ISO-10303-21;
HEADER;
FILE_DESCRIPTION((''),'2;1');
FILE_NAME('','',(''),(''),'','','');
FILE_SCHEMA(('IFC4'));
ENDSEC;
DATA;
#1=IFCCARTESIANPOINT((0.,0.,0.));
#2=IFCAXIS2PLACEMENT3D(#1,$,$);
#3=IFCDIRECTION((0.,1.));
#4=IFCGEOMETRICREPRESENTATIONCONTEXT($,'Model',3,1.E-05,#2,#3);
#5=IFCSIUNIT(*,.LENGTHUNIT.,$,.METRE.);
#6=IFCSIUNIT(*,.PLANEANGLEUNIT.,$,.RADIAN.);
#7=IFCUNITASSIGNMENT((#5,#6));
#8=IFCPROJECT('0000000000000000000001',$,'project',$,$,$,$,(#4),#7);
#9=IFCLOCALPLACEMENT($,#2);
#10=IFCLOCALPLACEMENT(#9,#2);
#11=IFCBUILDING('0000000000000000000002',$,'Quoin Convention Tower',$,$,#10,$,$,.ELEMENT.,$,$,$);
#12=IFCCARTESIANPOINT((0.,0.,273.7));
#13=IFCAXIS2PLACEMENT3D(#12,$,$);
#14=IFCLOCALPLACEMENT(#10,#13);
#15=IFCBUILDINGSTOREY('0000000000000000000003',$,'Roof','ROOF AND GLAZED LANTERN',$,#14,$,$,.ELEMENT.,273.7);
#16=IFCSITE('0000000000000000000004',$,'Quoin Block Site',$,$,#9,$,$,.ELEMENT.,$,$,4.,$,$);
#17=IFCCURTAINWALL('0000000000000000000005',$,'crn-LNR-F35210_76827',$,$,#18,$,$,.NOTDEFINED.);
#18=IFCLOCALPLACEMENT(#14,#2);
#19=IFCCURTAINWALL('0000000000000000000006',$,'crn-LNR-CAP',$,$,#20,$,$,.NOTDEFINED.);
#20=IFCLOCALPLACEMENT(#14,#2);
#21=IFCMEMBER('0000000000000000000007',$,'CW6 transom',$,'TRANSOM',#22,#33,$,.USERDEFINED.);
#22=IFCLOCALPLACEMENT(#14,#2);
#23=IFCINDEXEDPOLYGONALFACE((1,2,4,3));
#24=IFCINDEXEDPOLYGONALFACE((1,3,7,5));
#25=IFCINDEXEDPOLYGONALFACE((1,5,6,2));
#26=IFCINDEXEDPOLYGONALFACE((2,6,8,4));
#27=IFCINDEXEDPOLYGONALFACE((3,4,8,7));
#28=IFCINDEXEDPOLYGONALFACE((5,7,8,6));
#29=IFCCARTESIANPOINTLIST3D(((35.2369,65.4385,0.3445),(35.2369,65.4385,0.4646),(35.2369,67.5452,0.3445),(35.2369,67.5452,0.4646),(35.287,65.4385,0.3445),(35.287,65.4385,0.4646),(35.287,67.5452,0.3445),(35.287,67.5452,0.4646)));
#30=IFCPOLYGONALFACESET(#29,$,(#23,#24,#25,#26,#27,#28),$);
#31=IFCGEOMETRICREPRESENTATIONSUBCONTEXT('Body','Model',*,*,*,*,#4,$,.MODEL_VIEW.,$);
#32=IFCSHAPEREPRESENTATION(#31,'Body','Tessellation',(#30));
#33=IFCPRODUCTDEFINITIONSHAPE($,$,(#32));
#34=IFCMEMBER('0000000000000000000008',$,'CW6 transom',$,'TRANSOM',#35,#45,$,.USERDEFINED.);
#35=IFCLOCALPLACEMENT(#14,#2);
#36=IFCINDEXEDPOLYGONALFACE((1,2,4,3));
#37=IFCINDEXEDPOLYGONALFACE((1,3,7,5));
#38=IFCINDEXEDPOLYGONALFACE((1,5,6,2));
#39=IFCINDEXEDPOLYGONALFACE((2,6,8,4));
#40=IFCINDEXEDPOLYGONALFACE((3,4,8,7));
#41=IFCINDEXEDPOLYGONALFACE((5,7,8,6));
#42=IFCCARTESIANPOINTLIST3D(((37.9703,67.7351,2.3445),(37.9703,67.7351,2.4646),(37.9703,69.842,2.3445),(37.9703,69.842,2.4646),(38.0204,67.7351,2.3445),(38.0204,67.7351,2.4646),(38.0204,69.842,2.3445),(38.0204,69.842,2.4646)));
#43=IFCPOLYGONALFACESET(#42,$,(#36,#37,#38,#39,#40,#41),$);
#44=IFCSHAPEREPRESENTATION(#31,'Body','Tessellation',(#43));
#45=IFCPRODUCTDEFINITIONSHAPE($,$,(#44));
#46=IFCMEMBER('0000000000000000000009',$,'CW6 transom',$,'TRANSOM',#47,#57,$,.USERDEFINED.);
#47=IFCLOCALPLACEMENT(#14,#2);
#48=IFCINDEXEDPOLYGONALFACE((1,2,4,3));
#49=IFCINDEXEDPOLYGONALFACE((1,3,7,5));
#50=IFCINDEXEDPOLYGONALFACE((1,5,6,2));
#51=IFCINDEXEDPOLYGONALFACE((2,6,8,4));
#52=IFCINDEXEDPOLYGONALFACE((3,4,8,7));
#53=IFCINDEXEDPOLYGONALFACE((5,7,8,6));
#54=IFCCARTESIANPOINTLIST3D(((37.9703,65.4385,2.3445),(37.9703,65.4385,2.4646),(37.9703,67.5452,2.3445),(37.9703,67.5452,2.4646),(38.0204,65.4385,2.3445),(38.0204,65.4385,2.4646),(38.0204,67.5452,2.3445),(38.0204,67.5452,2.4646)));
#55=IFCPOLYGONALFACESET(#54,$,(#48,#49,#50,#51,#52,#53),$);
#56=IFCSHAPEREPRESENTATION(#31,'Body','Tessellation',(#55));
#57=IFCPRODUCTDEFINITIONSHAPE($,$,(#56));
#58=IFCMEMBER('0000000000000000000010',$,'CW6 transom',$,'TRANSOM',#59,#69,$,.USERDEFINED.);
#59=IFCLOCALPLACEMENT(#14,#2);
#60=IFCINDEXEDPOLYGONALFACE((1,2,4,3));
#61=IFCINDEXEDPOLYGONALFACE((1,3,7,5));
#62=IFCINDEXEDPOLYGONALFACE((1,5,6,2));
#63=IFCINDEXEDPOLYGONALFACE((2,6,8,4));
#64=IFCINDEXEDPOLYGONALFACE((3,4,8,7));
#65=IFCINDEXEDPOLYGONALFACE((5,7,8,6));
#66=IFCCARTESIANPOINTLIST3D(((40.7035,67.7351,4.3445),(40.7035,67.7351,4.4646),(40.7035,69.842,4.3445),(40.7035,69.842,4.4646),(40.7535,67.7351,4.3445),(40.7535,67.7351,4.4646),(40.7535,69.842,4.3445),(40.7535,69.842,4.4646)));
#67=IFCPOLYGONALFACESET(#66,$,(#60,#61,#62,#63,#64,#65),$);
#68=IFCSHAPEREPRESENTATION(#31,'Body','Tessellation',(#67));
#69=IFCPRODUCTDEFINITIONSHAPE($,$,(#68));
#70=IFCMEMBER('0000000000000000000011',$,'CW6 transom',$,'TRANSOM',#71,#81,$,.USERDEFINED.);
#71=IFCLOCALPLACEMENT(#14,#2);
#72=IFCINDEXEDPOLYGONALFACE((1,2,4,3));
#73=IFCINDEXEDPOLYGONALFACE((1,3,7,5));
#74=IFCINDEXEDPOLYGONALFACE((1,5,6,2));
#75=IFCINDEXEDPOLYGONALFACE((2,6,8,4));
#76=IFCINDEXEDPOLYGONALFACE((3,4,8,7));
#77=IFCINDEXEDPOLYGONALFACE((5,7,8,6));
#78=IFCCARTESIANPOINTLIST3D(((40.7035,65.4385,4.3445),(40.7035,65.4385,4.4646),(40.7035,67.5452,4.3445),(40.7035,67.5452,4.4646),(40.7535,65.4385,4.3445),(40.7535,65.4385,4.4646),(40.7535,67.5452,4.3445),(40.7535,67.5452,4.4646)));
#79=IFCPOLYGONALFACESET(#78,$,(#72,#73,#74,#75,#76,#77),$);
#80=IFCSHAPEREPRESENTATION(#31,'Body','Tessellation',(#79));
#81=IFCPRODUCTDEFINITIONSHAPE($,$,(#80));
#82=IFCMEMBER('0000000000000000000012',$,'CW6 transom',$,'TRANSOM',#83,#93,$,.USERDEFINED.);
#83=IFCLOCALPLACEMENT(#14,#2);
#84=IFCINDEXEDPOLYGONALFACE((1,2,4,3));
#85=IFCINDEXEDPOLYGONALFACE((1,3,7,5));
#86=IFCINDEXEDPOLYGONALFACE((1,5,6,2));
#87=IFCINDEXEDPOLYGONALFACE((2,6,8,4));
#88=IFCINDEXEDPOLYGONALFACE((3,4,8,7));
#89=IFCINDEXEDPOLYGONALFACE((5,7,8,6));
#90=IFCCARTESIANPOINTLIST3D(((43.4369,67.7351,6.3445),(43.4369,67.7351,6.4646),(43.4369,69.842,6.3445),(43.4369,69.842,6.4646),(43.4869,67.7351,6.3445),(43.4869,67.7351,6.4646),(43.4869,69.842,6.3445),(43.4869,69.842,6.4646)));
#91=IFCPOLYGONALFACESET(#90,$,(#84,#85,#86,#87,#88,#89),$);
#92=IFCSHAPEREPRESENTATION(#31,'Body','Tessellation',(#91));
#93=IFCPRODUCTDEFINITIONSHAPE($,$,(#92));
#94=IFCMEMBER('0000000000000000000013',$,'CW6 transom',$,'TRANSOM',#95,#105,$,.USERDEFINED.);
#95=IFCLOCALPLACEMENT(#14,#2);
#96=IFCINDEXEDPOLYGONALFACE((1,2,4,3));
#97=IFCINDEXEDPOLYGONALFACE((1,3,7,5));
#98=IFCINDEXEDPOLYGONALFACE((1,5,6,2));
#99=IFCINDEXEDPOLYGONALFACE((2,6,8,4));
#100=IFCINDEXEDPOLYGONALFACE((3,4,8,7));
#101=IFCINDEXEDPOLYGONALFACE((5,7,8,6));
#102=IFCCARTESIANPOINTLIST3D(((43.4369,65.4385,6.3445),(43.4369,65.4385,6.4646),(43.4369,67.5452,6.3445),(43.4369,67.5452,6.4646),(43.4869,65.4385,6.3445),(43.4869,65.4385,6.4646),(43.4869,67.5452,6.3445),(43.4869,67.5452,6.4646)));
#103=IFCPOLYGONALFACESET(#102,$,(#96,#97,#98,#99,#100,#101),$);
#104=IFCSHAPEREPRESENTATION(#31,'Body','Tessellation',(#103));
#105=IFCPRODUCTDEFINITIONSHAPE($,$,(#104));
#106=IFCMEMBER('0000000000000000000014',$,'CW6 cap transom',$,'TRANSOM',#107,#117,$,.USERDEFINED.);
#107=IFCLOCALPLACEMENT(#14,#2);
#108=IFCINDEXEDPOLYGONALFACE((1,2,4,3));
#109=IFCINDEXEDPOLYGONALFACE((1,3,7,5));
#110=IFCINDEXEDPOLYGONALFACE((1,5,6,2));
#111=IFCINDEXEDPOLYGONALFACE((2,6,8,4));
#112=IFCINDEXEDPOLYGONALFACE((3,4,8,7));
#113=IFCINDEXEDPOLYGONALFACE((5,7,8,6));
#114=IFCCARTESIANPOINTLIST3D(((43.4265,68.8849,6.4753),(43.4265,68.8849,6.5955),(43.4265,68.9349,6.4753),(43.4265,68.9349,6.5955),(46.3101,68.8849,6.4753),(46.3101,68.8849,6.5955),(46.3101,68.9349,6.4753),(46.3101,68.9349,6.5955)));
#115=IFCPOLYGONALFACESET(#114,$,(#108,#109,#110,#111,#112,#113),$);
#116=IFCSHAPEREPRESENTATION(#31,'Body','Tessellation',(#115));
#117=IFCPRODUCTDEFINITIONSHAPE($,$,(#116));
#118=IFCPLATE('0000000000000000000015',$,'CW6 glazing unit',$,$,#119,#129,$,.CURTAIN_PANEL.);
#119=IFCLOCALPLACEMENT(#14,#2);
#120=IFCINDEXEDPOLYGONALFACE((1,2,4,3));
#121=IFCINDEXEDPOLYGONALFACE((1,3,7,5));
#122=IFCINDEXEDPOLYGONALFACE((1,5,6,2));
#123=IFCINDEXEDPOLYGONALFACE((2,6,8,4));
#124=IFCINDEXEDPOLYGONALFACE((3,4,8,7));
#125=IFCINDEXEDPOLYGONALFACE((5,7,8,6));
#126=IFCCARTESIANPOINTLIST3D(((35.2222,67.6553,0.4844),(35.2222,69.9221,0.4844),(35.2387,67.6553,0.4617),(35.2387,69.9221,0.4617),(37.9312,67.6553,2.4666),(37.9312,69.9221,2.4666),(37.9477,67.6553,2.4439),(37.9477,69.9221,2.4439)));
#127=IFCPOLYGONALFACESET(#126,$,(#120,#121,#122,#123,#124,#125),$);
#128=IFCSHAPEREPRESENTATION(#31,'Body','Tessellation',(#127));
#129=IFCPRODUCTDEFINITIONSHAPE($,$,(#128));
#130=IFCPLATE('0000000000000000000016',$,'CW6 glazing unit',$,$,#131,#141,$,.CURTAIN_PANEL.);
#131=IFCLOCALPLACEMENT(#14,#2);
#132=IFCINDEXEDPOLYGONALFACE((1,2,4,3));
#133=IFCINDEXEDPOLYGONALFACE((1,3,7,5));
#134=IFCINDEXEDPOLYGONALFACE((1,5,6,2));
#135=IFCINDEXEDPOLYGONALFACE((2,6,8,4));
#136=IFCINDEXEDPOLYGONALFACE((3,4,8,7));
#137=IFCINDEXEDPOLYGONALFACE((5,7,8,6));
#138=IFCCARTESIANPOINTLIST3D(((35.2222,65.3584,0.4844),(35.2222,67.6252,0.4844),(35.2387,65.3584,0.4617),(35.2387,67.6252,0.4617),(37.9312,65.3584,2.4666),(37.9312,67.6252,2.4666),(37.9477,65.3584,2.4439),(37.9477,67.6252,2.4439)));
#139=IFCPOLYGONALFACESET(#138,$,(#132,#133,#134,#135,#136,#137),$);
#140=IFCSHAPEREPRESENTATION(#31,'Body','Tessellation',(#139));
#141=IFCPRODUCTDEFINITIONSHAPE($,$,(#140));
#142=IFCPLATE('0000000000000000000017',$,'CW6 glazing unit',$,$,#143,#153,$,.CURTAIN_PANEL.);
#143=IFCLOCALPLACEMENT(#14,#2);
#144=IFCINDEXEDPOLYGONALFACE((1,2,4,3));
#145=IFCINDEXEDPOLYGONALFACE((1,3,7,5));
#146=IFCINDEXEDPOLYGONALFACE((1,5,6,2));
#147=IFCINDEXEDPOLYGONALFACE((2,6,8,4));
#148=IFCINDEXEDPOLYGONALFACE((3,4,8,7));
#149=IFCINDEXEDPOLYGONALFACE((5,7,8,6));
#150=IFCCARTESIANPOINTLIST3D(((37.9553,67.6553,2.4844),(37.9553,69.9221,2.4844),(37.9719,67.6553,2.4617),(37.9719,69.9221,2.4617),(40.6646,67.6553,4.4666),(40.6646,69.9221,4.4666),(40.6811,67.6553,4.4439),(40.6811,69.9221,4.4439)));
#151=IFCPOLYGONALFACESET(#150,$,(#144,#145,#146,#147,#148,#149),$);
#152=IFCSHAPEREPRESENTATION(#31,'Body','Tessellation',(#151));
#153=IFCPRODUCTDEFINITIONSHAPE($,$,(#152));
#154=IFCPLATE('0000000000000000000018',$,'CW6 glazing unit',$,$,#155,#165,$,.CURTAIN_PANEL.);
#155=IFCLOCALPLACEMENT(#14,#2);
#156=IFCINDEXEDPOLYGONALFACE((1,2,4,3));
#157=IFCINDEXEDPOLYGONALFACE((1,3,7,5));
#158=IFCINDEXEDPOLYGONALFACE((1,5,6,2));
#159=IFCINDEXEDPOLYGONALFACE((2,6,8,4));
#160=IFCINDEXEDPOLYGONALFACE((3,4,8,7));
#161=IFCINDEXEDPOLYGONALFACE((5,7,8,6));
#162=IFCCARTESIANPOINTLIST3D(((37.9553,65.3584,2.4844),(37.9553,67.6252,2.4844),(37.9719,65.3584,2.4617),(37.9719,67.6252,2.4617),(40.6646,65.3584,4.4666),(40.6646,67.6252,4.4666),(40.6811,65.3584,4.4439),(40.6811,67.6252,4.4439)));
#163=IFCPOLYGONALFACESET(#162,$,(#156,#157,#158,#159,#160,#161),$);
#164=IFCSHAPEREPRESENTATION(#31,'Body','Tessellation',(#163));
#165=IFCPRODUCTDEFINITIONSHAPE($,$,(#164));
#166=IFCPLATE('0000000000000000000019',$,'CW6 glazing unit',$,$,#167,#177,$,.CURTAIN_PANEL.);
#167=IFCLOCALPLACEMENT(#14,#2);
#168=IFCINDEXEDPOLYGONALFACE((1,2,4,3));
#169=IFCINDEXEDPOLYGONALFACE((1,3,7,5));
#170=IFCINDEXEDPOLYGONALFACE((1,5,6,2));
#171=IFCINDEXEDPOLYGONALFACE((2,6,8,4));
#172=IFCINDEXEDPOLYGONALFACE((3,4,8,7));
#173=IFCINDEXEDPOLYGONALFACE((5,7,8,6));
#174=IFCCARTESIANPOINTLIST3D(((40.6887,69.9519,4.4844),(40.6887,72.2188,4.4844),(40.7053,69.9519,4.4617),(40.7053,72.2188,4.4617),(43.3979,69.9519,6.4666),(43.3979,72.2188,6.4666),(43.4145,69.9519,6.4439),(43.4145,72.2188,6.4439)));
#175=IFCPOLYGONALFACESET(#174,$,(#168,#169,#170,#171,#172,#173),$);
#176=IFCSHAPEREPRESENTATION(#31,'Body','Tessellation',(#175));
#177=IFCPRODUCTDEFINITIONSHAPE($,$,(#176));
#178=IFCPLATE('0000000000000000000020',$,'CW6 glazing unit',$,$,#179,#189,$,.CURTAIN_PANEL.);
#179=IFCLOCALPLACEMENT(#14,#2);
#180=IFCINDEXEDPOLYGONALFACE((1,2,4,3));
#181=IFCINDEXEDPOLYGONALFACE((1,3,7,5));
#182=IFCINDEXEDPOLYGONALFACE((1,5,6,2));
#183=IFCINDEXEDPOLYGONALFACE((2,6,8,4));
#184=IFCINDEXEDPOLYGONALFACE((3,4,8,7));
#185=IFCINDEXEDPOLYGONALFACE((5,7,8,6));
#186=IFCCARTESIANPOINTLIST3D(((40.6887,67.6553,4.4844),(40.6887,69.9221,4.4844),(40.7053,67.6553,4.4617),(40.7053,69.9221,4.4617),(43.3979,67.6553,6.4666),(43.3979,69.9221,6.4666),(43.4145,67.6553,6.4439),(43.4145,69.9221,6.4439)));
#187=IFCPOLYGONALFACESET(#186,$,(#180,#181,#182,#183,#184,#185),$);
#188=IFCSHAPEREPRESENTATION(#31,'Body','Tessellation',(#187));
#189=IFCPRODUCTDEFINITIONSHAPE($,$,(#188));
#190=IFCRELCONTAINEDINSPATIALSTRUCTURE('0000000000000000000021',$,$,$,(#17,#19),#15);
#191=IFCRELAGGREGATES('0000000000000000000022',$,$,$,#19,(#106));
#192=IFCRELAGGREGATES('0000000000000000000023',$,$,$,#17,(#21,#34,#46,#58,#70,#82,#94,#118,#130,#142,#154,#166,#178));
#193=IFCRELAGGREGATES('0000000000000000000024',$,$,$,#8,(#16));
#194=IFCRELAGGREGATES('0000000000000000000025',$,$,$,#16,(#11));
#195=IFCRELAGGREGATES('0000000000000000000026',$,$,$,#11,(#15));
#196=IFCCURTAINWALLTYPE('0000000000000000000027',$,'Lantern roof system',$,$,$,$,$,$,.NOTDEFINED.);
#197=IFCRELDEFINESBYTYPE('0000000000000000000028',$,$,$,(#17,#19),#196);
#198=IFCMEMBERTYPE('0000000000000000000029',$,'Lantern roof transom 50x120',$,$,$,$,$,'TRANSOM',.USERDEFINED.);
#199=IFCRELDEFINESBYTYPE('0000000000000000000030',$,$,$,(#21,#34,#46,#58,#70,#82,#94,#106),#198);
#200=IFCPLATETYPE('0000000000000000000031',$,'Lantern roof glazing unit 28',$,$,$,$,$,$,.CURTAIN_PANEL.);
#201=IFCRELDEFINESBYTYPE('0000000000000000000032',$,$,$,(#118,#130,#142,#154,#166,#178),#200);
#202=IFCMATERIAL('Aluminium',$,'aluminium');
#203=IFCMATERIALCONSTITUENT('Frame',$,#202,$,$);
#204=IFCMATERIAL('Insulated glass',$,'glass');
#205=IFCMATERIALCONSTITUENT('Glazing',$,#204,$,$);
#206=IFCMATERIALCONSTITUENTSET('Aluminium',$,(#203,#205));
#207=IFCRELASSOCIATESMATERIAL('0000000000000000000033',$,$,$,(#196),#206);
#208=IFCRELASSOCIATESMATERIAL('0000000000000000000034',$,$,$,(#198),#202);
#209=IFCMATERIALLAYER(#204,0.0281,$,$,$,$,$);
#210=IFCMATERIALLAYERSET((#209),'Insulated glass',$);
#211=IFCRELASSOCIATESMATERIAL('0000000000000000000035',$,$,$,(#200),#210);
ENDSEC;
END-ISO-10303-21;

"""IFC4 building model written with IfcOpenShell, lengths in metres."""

from ifc_helpers import new_model, si_unit, direction, frame, origin, origin_2d, place, context, subcontext, project, spatial, polyline, rectangle, outline, extrude, material, layer, layer_set, constituent, constituent_set, material_profile, profile_set, type_object, element, aggregate, save


model = new_model("IFC4")

# Units and contexts
model_context = context("Model", 3, precision=1e-05, world=origin(), true_north=direction((0.0, 1.0)))
body_context = subcontext(model_context, "Body", "Model", "MODEL_VIEW")
ifc_project = project(units=[si_unit("LENGTHUNIT", "METRE"), si_unit("PLANEANGLEUNIT", "RADIAN")], contexts=[model_context])

# Site, building, storey
site_placement = place(None, origin())
site = spatial("IfcSite", under=ifc_project, at=site_placement, Name="Quoin Block Site", CompositionType="ELEMENT", RefElevation=4.0)
building_placement = place(site_placement, origin())
building = spatial("IfcBuilding", under=site, at=building_placement, Name="Quoin Convention Tower", CompositionType="ELEMENT")
storey_placement = place(building_placement, frame((0.0, 0.0, 273.7)))
storey = spatial("IfcBuildingStorey", under=building, at=storey_placement, Name="Roof", Description="ROOF AND GLAZED LANTERN", CompositionType="ELEMENT", Elevation=273.7)

# Curtain walls
ifc_material_1 = material(Name="Aluminium", Category="aluminium")
ifc_constituent_1 = constituent(ifc_material_1, Name="Frame")
ifc_material_2 = material(Name="Insulated glass", Category="glass")
ifc_constituent_2 = constituent(ifc_material_2, Name="Glazing")
ifc_constituent_set = constituent_set(constituents=[ifc_constituent_1, ifc_constituent_2], Name="Aluminium")
curtain_wall_type = type_object("IfcCurtainWallType", Name="Lantern roof system", PredefinedType="NOTDEFINED", material=ifc_constituent_set)
curtain_wall_1_placement = place(storey_placement, origin())
curtain_wall_1 = element("IfcCurtainWall", 1, at=curtain_wall_1_placement, inside=storey, type_object=curtain_wall_type, Name="crn-LNR-F35210_76827", PredefinedType="NOTDEFINED")
curtain_wall_2_placement = place(storey_placement, origin())
curtain_wall_2 = element("IfcCurtainWall", 2, at=curtain_wall_2_placement, inside=storey, type_object=curtain_wall_type, Name="crn-LNR-CAP", PredefinedType="NOTDEFINED")

# Members
ifc_material_profile_1 = material_profile(ifc_material_1, rectangle(XDim=0.1201, YDim=0.05, at=origin_2d()), Name="Lantern roof transom 50x120")
ifc_profile_set_1 = profile_set([ifc_material_profile_1], Name="Aluminium")
member_type_1 = type_object("IfcMemberType", Name="Lantern roof transom 50x120", ElementType="TRANSOM", PredefinedType="USERDEFINED", material=ifc_profile_set_1)
member_1_placement = place(storey_placement, frame((35.262, 67.5452, 0.4045), z_axis=(0.0, -1.0, 0.0), x_axis=(0.0, 0.0, 1.0)))
member_1 = element("IfcMember", 3, at=member_1_placement, type_object=member_type_1, Name="CW6 transom", ObjectType="TRANSOM", PredefinedType="USERDEFINED", context=body_context, shape_type="SweptSolid", body=[
    extrude(rectangle(XDim=0.1201, YDim=0.05, at=origin_2d()), origin(), (0.0, 0.0, 1.0), 2.1067),
])
member_2_placement = place(storey_placement, frame((37.9954, 69.842, 2.4045), z_axis=(0.0, -1.0, 0.0), x_axis=(0.0, 0.0, 1.0)))
member_2 = element("IfcMember", 4, at=member_2_placement, type_object=member_type_1, Name="CW6 transom", ObjectType="TRANSOM", PredefinedType="USERDEFINED", context=body_context, shape_type="SweptSolid", body=[
    extrude(rectangle(XDim=0.1201, YDim=0.05, at=origin_2d()), origin(), (0.0, 0.0, 1.0), 2.1069),
])
member_3_placement = place(storey_placement, frame((37.9954, 67.5452, 2.4045), z_axis=(0.0, -1.0, 0.0), x_axis=(0.0, 0.0, 1.0)))
member_3 = element("IfcMember", 5, at=member_3_placement, type_object=member_type_1, Name="CW6 transom", ObjectType="TRANSOM", PredefinedType="USERDEFINED", context=body_context, shape_type="SweptSolid", body=[
    extrude(rectangle(XDim=0.1201, YDim=0.05, at=origin_2d()), origin(), (0.0, 0.0, 1.0), 2.1067),
])
member_4_placement = place(storey_placement, frame((40.7285, 69.842, 4.4045), z_axis=(0.0, -1.0, 0.0), x_axis=(0.0, 0.0, 1.0)))
member_4 = element("IfcMember", 6, at=member_4_placement, type_object=member_type_1, Name="CW6 transom", ObjectType="TRANSOM", PredefinedType="USERDEFINED", context=body_context, shape_type="SweptSolid", body=[
    extrude(rectangle(XDim=0.1201, YDim=0.05, at=origin_2d()), origin(), (0.0, 0.0, 1.0), 2.1069),
])
member_5_placement = place(storey_placement, frame((40.7285, 67.5452, 4.4045), z_axis=(0.0, -1.0, 0.0), x_axis=(0.0, 0.0, 1.0)))
member_5 = element("IfcMember", 7, at=member_5_placement, type_object=member_type_1, Name="CW6 transom", ObjectType="TRANSOM", PredefinedType="USERDEFINED", context=body_context, shape_type="SweptSolid", body=[
    extrude(rectangle(XDim=0.1201, YDim=0.05, at=origin_2d()), origin(), (0.0, 0.0, 1.0), 2.1067),
])
member_6_placement = place(storey_placement, frame((43.4619, 69.842, 6.4045), z_axis=(0.0, -1.0, 0.0), x_axis=(0.0, 0.0, 1.0)))
member_6 = element("IfcMember", 8, at=member_6_placement, type_object=member_type_1, Name="CW6 transom", ObjectType="TRANSOM", PredefinedType="USERDEFINED", context=body_context, shape_type="SweptSolid", body=[
    extrude(rectangle(XDim=0.1201, YDim=0.05, at=origin_2d()), origin(), (0.0, 0.0, 1.0), 2.1069),
])
member_7_placement = place(storey_placement, frame((43.4619, 67.5452, 6.4045), z_axis=(0.0, -1.0, 0.0), x_axis=(0.0, 0.0, 1.0)))
member_7 = element("IfcMember", 9, at=member_7_placement, type_object=member_type_1, Name="CW6 transom", ObjectType="TRANSOM", PredefinedType="USERDEFINED", context=body_context, shape_type="SweptSolid", body=[
    extrude(rectangle(XDim=0.1201, YDim=0.05, at=origin_2d()), origin(), (0.0, 0.0, 1.0), 2.1067),
])
member_8_placement = place(storey_placement, frame((43.4265, 68.9099, 6.5354), z_axis=(1.0, 0.0, 0.0), x_axis=(0.0, 0.0, 1.0)))
member_8 = element("IfcMember", 10, at=member_8_placement, type_object=member_type_1, Name="CW6 cap transom", ObjectType="TRANSOM", PredefinedType="USERDEFINED", context=body_context, shape_type="SweptSolid", body=[
    extrude(rectangle(XDim=0.1201, YDim=0.05, at=origin_2d()), origin(), (0.0, 0.0, 1.0), 2.8835),
])
aggregate(curtain_wall_2, [member_8])

# Plates
ifc_layer = layer(ifc_material_2, 0.0281)
ifc_layer_set = layer_set([ifc_layer], Name="Insulated glass")
plate_type = type_object("IfcPlateType", Name="Lantern roof glazing unit 28", PredefinedType="CURTAIN_PANEL", material=ifc_layer_set)
plate_1_placement = place(storey_placement, frame((37.9312, 69.9221, 2.4666), z_axis=(-0.590509, 0.0, 0.807031), x_axis=(0.0, -1.0, 0.0)))
plate_1 = element("IfcPlate", 11, at=plate_1_placement, type_object=plate_type, Name="CW6 glazing unit", PredefinedType="CURTAIN_PANEL", context=body_context, shape_type="SweptSolid", body=[
    extrude(outline(polyline([(0.0, 0.0), (2.2668, 0.0), (2.2668, -3.3567), (0.0, -3.3567), (0.0, 0.0)])), origin(), (0.0, 0.0, -1.0), 0.0281),
])
plate_2_placement = place(storey_placement, frame((37.9312, 67.6252, 2.4666), z_axis=(-0.590509, 0.0, 0.807031), x_axis=(0.0, -1.0, 0.0)))
plate_2 = element("IfcPlate", 12, at=plate_2_placement, type_object=plate_type, Name="CW6 glazing unit", PredefinedType="CURTAIN_PANEL", context=body_context, shape_type="SweptSolid", body=[
    extrude(outline(polyline([(0.0, 0.0), (2.2668, 0.0), (2.2668, -3.3567), (0.0, -3.3567), (0.0, 0.0)])), origin(), (0.0, 0.0, -1.0), 0.0281),
])
plate_3_placement = place(storey_placement, frame((37.9553, 69.9221, 2.4844), z_axis=(-0.590474, 0.0, 0.807057), x_axis=(0.807057, 0.0, 0.590474)))
plate_3 = element("IfcPlate", 13, at=plate_3_placement, type_object=plate_type, Name="CW6 glazing unit", PredefinedType="CURTAIN_PANEL", context=body_context, shape_type="SweptSolid", body=[
    extrude(outline(polyline([(0.0, 0.0), (3.3569, 0.0), (3.3569, -2.2668), (0.0, -2.2668), (0.0, 0.0)])), origin(), (0.0, 0.0, -1.0), 0.0281),
])
plate_4_placement = place(storey_placement, frame((37.9553, 67.6252, 2.4844), z_axis=(-0.590474, 0.0, 0.807057), x_axis=(0.807057, 0.0, 0.590474)))
plate_4 = element("IfcPlate", 14, at=plate_4_placement, type_object=plate_type, Name="CW6 glazing unit", PredefinedType="CURTAIN_PANEL", context=body_context, shape_type="SweptSolid", body=[
    extrude(outline(polyline([(0.0, 0.0), (3.3569, 0.0), (3.3569, -2.2668), (0.0, -2.2668), (0.0, 0.0)])), origin(), (0.0, 0.0, -1.0), 0.0281),
])
plate_5_placement = place(storey_placement, frame((40.6887, 69.9519, 4.4844), z_axis=(-0.590474, 0.0, 0.807057), x_axis=(0.0, 1.0, 0.0)))
plate_5 = element("IfcPlate", 15, at=plate_5_placement, type_object=plate_type, Name="CW6 glazing unit", PredefinedType="CURTAIN_PANEL", context=body_context, shape_type="SweptSolid", body=[
    extrude(outline(polyline([(0.0, 0.0), (2.2668, 0.0), (2.2668, -3.3569), (0.0, -3.3569), (0.0, 0.0)])), origin(), (0.0, 0.0, -1.0), 0.0281),
])
plate_6_placement = place(storey_placement, frame((40.6887, 67.6553, 4.4844), z_axis=(-0.590474, 0.0, 0.807057), x_axis=(0.0, 1.0, 0.0)))
plate_6 = element("IfcPlate", 16, at=plate_6_placement, type_object=plate_type, Name="CW6 glazing unit", PredefinedType="CURTAIN_PANEL", context=body_context, shape_type="SweptSolid", body=[
    extrude(outline(polyline([(0.0, 0.0), (2.2668, 0.0), (2.2668, -3.3569), (0.0, -3.3569), (0.0, 0.0)])), origin(), (0.0, 0.0, -1.0), 0.0281),
])
aggregate(curtain_wall_1, [member_1, member_2, member_3, member_4, member_5, member_6, member_7, plate_1, plate_2, plate_3, plate_4, plate_5, plate_6])

save(model, "model.ifc")
